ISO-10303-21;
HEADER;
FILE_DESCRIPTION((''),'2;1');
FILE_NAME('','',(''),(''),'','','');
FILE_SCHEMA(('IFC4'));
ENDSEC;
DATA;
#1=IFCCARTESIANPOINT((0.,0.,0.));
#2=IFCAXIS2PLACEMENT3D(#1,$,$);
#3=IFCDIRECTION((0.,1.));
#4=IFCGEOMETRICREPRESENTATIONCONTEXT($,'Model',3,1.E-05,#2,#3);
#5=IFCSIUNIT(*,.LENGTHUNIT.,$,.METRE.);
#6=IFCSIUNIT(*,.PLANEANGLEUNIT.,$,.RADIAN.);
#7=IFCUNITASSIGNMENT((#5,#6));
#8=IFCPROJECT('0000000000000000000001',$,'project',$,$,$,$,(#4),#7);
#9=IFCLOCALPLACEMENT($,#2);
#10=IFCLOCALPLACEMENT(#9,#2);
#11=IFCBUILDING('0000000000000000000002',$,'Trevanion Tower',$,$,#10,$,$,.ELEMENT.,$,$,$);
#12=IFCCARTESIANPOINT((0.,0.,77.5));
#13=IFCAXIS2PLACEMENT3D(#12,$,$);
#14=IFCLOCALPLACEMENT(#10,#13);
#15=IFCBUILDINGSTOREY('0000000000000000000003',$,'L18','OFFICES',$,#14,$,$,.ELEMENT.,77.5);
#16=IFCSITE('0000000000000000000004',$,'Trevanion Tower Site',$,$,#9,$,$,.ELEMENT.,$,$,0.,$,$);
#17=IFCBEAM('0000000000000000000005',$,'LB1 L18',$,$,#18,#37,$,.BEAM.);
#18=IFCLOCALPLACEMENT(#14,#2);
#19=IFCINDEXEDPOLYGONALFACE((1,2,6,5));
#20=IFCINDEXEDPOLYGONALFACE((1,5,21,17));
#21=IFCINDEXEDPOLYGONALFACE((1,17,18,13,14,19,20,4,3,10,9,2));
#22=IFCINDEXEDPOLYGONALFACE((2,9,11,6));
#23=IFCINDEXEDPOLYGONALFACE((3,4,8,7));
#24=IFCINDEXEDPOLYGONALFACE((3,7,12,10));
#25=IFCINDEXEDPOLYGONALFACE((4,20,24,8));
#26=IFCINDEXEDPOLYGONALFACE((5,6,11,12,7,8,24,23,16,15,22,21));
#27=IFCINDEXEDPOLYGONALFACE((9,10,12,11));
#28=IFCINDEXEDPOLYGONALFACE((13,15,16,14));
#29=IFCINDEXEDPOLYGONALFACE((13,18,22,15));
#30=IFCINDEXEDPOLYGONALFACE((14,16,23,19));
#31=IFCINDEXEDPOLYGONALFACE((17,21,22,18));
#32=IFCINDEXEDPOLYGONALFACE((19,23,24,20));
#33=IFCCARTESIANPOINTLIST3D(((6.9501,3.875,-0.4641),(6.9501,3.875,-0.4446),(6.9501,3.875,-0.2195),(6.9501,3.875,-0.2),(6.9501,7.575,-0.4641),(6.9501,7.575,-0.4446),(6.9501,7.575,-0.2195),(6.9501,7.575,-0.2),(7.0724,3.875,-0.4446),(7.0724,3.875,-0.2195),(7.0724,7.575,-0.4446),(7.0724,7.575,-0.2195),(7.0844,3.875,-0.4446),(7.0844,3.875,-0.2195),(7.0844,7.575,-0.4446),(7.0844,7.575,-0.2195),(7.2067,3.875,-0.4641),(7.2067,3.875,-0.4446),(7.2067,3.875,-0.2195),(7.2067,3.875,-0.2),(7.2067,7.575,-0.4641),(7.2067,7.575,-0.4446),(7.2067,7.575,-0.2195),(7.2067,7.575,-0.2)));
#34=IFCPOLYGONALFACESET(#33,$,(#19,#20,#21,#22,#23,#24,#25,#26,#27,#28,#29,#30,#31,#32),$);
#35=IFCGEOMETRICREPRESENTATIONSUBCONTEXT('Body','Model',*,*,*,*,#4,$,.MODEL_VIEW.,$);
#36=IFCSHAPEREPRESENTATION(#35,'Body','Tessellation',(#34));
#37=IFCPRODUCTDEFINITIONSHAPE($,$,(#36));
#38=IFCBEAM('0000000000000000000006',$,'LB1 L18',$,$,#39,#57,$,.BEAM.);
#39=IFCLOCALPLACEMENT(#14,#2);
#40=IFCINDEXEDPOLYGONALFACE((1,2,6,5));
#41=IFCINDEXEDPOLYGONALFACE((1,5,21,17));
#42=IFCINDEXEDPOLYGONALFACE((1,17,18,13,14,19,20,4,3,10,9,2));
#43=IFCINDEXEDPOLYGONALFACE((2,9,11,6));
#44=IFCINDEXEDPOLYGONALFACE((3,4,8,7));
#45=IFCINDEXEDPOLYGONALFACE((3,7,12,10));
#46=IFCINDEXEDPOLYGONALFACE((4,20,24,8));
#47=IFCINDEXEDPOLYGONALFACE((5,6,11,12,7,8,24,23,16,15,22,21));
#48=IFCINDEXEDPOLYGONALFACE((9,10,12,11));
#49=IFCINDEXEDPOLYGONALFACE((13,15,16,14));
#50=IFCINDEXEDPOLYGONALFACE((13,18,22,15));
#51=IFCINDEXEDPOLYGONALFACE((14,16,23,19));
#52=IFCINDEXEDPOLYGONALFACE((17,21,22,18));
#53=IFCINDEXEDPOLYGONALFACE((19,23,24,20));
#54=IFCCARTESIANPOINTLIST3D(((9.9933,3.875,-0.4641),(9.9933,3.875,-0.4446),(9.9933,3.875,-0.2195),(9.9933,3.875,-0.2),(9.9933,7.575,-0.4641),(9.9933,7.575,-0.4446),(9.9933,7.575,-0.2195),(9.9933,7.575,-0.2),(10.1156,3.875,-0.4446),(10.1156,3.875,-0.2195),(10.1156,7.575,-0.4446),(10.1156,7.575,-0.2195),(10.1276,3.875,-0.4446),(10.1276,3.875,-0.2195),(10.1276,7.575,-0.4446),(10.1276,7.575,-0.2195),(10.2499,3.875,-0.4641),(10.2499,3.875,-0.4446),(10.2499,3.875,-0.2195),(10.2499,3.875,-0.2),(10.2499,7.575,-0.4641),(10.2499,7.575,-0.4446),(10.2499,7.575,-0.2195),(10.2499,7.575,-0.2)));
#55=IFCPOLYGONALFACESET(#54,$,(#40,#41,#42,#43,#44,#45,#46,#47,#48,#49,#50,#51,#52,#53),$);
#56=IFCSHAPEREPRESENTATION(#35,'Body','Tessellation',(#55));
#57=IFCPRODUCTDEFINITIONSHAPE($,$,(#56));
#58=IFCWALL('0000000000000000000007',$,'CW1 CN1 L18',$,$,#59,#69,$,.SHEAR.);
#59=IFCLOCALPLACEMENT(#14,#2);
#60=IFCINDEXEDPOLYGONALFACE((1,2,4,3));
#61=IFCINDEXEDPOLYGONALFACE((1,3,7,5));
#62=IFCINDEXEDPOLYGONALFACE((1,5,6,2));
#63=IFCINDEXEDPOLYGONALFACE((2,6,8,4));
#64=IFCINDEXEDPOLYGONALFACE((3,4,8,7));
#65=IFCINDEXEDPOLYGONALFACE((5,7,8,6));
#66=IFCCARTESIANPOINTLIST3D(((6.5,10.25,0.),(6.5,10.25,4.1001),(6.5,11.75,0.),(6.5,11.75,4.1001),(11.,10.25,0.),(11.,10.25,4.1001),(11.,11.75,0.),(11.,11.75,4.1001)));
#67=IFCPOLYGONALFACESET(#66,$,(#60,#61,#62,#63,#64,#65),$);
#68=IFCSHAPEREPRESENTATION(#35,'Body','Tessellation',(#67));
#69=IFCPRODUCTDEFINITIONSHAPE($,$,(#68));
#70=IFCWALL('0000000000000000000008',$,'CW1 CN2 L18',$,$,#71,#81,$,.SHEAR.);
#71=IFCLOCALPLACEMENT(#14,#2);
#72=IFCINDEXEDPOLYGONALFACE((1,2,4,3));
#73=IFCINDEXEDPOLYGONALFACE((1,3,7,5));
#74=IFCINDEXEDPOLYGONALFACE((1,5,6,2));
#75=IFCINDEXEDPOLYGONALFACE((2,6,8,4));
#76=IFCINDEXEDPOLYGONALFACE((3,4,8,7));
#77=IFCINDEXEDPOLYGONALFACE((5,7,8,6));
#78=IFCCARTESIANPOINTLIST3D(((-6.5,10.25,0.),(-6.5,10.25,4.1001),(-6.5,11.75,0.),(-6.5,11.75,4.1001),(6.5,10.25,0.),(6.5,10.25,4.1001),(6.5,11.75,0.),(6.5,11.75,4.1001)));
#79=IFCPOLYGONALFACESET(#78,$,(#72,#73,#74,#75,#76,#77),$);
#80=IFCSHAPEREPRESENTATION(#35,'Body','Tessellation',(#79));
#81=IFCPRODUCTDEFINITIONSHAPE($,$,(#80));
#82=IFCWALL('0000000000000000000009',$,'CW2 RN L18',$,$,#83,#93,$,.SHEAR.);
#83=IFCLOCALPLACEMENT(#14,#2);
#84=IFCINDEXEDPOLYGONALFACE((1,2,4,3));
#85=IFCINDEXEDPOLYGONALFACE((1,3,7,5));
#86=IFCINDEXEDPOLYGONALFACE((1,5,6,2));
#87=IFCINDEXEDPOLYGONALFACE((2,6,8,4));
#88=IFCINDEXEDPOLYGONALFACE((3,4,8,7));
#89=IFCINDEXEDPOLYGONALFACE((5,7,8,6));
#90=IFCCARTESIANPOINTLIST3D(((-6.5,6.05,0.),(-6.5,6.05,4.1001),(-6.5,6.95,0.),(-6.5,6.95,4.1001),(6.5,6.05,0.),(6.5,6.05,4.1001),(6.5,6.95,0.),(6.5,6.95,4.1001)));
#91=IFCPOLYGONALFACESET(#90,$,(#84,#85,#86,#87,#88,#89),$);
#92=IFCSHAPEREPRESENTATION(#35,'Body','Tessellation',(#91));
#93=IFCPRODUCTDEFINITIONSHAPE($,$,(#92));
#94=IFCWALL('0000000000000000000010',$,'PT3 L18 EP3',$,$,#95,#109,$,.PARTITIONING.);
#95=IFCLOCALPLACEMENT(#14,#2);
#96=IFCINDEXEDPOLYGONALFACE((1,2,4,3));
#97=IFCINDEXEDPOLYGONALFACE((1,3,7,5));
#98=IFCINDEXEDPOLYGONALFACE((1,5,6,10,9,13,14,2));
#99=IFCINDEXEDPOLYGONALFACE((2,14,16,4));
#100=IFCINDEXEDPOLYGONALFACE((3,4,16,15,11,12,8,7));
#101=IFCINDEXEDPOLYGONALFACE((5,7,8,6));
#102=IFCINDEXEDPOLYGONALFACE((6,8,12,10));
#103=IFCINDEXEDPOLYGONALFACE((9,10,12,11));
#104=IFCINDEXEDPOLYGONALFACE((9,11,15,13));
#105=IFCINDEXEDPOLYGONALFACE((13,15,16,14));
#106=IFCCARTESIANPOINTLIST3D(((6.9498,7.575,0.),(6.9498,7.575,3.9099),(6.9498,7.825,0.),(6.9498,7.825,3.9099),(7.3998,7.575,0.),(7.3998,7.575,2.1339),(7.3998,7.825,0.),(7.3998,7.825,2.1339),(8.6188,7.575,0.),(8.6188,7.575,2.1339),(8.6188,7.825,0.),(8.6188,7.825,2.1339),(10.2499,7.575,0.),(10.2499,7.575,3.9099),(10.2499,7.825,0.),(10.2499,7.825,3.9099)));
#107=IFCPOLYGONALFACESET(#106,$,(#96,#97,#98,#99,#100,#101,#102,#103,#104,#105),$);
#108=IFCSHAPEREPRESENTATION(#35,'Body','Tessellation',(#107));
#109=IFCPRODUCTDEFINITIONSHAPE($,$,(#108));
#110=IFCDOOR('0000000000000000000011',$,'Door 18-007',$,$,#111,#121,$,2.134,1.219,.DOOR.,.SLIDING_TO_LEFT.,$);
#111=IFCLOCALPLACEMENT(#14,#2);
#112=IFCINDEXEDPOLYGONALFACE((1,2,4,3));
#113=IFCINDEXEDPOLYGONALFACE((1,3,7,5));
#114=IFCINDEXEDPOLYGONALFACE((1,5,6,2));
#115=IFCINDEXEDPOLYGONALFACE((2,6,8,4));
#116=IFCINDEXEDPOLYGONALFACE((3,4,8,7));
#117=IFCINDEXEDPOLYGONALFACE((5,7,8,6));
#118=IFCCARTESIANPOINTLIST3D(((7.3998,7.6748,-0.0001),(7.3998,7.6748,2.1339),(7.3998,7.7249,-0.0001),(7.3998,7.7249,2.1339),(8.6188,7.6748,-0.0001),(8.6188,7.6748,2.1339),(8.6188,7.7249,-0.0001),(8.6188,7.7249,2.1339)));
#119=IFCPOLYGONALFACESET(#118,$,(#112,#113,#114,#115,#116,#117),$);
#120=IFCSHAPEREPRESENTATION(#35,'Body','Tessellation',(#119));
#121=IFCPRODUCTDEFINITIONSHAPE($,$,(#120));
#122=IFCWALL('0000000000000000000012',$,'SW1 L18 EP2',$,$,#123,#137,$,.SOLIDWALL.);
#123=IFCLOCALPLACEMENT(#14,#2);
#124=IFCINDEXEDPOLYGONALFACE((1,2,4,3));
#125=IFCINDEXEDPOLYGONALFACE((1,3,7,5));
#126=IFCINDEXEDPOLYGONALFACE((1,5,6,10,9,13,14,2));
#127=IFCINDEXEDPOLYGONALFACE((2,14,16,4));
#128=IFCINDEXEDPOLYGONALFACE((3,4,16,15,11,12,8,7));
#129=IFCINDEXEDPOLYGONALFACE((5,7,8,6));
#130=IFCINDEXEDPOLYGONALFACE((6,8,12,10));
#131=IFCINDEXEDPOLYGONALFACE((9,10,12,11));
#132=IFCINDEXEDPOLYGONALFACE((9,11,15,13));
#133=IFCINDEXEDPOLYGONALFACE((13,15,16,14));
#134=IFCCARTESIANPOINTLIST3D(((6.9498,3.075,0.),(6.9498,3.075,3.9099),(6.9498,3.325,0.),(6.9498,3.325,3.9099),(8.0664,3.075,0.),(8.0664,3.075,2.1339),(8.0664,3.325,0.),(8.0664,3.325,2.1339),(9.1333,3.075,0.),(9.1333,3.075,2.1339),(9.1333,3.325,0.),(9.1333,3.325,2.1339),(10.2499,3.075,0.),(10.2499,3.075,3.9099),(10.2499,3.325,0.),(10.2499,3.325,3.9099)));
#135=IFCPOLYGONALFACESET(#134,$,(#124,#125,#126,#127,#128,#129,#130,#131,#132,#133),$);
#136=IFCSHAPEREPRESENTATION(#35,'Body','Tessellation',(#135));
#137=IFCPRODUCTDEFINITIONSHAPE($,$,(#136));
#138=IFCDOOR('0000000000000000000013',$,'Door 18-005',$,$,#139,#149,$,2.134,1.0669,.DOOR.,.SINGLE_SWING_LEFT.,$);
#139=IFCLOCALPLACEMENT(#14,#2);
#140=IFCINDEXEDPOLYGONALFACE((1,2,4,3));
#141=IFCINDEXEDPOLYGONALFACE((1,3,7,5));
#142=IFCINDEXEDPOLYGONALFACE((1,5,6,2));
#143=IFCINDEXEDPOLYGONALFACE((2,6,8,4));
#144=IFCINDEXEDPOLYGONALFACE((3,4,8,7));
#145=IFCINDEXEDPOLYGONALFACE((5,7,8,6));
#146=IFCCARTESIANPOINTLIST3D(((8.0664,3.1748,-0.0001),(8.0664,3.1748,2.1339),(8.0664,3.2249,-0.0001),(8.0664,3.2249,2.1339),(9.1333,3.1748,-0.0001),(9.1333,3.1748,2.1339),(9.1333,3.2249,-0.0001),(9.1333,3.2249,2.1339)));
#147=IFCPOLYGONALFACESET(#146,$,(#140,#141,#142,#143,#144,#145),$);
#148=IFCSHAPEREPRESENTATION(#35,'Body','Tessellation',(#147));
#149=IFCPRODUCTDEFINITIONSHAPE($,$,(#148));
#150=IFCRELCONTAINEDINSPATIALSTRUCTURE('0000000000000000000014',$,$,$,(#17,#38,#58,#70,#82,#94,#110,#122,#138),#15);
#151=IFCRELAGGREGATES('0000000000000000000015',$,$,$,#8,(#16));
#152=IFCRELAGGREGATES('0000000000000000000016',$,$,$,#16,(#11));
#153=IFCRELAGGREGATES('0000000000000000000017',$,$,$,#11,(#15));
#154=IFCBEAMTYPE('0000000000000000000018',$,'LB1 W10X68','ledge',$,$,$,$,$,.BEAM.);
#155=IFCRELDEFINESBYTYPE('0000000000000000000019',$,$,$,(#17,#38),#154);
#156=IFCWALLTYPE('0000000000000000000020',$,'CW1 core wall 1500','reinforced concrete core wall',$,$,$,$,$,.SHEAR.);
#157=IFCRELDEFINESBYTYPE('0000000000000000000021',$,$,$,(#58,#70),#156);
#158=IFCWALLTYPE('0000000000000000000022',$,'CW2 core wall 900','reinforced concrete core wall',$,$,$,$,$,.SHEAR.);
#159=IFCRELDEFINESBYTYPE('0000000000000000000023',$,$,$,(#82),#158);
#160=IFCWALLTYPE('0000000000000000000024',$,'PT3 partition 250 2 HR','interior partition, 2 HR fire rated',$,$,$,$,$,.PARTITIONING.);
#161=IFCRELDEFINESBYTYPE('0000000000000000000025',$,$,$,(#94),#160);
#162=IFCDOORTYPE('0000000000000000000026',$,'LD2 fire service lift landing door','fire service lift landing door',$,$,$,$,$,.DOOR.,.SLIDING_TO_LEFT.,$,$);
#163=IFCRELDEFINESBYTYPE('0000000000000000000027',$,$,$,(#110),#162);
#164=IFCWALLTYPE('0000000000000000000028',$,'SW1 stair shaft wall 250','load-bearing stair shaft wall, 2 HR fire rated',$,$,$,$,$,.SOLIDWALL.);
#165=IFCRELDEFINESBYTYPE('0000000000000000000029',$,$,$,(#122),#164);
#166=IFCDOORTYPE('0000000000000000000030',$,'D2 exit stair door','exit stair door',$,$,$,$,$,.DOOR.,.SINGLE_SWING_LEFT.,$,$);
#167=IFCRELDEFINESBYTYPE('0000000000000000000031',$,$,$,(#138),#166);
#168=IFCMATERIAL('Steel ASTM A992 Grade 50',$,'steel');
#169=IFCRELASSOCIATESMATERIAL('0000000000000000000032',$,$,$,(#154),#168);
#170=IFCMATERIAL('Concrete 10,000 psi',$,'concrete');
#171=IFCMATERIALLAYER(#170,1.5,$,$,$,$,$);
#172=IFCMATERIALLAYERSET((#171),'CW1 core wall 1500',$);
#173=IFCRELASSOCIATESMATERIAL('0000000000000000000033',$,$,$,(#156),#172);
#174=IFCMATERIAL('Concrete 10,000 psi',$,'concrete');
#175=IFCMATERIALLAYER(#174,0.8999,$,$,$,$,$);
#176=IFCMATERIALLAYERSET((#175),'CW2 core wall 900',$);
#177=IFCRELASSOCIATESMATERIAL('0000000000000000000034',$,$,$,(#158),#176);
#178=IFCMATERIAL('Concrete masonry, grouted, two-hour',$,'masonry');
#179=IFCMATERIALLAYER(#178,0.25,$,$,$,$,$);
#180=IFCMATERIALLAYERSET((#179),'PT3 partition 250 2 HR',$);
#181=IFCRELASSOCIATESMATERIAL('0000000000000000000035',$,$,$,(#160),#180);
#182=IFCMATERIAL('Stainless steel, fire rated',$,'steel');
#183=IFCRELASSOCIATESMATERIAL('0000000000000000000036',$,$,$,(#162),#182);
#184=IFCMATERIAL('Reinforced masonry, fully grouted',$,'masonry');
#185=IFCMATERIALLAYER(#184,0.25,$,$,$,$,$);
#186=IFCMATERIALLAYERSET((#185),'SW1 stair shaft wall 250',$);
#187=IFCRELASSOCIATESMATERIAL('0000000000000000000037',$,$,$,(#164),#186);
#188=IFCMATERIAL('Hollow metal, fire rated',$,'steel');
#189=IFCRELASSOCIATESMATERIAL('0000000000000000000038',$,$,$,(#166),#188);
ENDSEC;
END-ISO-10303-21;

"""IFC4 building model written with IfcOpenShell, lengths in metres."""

from ifc_helpers import new_model, si_unit, direction, frame, frame_2d, origin, origin_2d, place, context, subcontext, project, spatial, rectangle, i_section, extrude, material, layer, layer_set, material_profile, profile_set, type_object, element, fill, save


model = new_model("IFC4")

# Units and contexts
model_context = context("Model", 3, precision=1e-05, world=origin(), true_north=direction((0.0, 1.0)))
body_context = subcontext(model_context, "Body", "Model", "MODEL_VIEW")
ifc_project = project(units=[si_unit("LENGTHUNIT", "METRE"), si_unit("PLANEANGLEUNIT", "RADIAN")], contexts=[model_context])

# Site, building, storey
site_placement = place(None, origin())
site = spatial("IfcSite", under=ifc_project, at=site_placement, Name="Trevanion Tower Site", CompositionType="ELEMENT", RefElevation=0.0)
building_placement = place(site_placement, origin())
building = spatial("IfcBuilding", under=site, at=building_placement, Name="Trevanion Tower", CompositionType="ELEMENT")
storey_placement = place(building_placement, frame((0.0, 0.0, 77.5)))
storey = spatial("IfcBuildingStorey", under=building, at=storey_placement, Name="L18", Description="OFFICES", CompositionType="ELEMENT", Elevation=77.5)

# Beams
ifc_material_1 = material(Name="Steel ASTM A992 Grade 50", Category="steel")
ifc_material_profile_1 = material_profile(ifc_material_1, i_section(OverallWidth=0.2566, OverallDepth=0.2642, WebThickness=0.012, FlangeThickness=0.0195, at=origin_2d()), Name="W10X68")
ifc_profile_set_1 = profile_set([ifc_material_profile_1], Name="Steel ASTM A992 Grade 50")
beam_type_1 = type_object("IfcBeamType", Name="LB1 W10X68", Description="ledge", PredefinedType="BEAM", material=ifc_profile_set_1)
for number, where, z_axis, x_axis, name in (
    (1, (7.0784, 3.875, -0.332), (0.0, 1.0, 0.0), (-1.0, 0.0, 0.0), "LB1 L18"),
    (2, (10.1216, 3.875, -0.332), (0.0, 1.0, 0.0), (-1.0, 0.0, 0.0), "LB1 L18"),
):
    element("IfcBeam", number, at=place(storey_placement, frame(where, z_axis=z_axis, x_axis=x_axis)), inside=storey, type_object=beam_type_1, Name=name, PredefinedType="BEAM", context=body_context, shape_type="SweptSolid", body=[
        extrude(i_section(OverallWidth=0.2566, OverallDepth=0.2642, WebThickness=0.012, FlangeThickness=0.0195, at=origin_2d()), origin(), (0.0, 0.0, 1.0), 3.7),
    ])

# Walls
ifc_material_2 = material(Name="Concrete 10,000 psi", Category="concrete")
ifc_layer_1 = layer(ifc_material_2, 1.5)
ifc_layer_set_1 = layer_set([ifc_layer_1], Name="CW1 core wall 1500")
wall_type_1 = type_object("IfcWallType", Name="CW1 core wall 1500", Description="reinforced concrete core wall", PredefinedType="SHEAR", material=ifc_layer_set_1)
wall_1_placement = place(storey_placement, frame((11.0, 11.0, 0.0), z_axis=(0.0, 0.0, 1.0), x_axis=(-1.0, 0.0, 0.0)))
element("IfcWall", 3, at=wall_1_placement, inside=storey, type_object=wall_type_1, Name="CW1 CN1 L18", PredefinedType="SHEAR", context=body_context, shape_type="SweptSolid", body=[
    extrude(rectangle(XDim=4.5, YDim=1.5, at=frame_2d((2.25, 0.0))), origin(), (0.0, 0.0, 1.0), 4.1001),
])
wall_2_placement = place(storey_placement, frame((6.5, 11.0, 0.0), z_axis=(0.0, 0.0, 1.0), x_axis=(-1.0, 0.0, 0.0)))
element("IfcWall", 4, at=wall_2_placement, inside=storey, type_object=wall_type_1, Name="CW1 CN2 L18", PredefinedType="SHEAR", context=body_context, shape_type="SweptSolid", body=[
    extrude(rectangle(XDim=13.0, YDim=1.5, at=frame_2d((6.5, 0.0))), origin(), (0.0, 0.0, 1.0), 4.1001),
])
ifc_material_3 = material(Name="Concrete 10,000 psi", Category="concrete")
ifc_layer_2 = layer(ifc_material_3, 0.8999)
ifc_layer_set_2 = layer_set([ifc_layer_2], Name="CW2 core wall 900")
wall_type_2 = type_object("IfcWallType", Name="CW2 core wall 900", Description="reinforced concrete core wall", PredefinedType="SHEAR", material=ifc_layer_set_2)
wall_3_placement = place(storey_placement, frame((6.5, 6.5, 0.0), z_axis=(0.0, 0.0, 1.0), x_axis=(-1.0, 0.0, 0.0)))
element("IfcWall", 5, at=wall_3_placement, inside=storey, type_object=wall_type_2, Name="CW2 RN L18", PredefinedType="SHEAR", context=body_context, shape_type="SweptSolid", body=[
    extrude(rectangle(XDim=13.0, YDim=0.8999, at=frame_2d((6.5, 0.0))), origin(), (0.0, 0.0, 1.0), 4.1001),
])

# Walls, openings, doors
ifc_material_4 = material(Name="Concrete masonry, grouted, two-hour", Category="masonry")
ifc_layer_3 = layer(ifc_material_4, 0.25)
ifc_layer_set_3 = layer_set([ifc_layer_3], Name="PT3 partition 250 2 HR")
wall_type_3 = type_object("IfcWallType", Name="PT3 partition 250 2 HR", Description="interior partition, 2 HR fire rated", PredefinedType="PARTITIONING", material=ifc_layer_set_3)
wall_4_placement = place(storey_placement, frame((6.95, 7.7, 0.0), z_axis=(0.0, 0.0, 1.0), x_axis=(1.0, 0.0, 0.0)))
wall_4 = element("IfcWall", 6, at=wall_4_placement, inside=storey, type_object=wall_type_3, Name="PT3 L18 EP3", PredefinedType="PARTITIONING", context=body_context, shape_type="SweptSolid", body=[
    extrude(rectangle(XDim=3.3, YDim=0.25, at=frame_2d((1.6499, 0.0))), origin(), (0.0, 0.0, 1.0), 3.9099),
])
opening_1_placement = place(wall_4_placement, frame((0.45, 0.0, 0.0)))
opening_1 = element("IfcOpeningElement", 7, at=opening_1_placement, cuts=wall_4, PredefinedType="OPENING", context=body_context, shape_type="SweptSolid", body=[
    extrude(rectangle(XDim=1.219, YDim=2.134, at=frame_2d((0.6094, 1.0669))), frame((0.0, 0.135, 0.0), z_axis=(0.0, -1.0, 0.0), x_axis=(1.0, 0.0, 0.0)), (0.0, 0.0, 1.0), 0.27),
])
ifc_material_5 = material(Name="Stainless steel, fire rated", Category="steel")
door_type_1 = type_object("IfcDoorType", Name="LD2 fire service lift landing door", Description="fire service lift landing door", OperationType="SLIDING_TO_LEFT", PredefinedType="DOOR", material=ifc_material_5)
door_1_placement = place(opening_1_placement, origin())
door_1 = element("IfcDoor", 8, at=door_1_placement, inside=storey, type_object=door_type_1, Name="Door 18-007", OperationType="SLIDING_TO_LEFT", OverallHeight=2.134, OverallWidth=1.219, PredefinedType="DOOR", context=body_context, shape_type="SweptSolid", body=[
    extrude(rectangle(XDim=1.219, YDim=2.134, at=frame_2d((0.6094, 1.0669))), frame((0.0, 0.0249, 0.0), z_axis=(0.0, -1.0, 0.0), x_axis=(1.0, 0.0, 0.0)), (0.0, 0.0, 1.0), 0.05),
])
fill(opening_1, door_1)
ifc_material_6 = material(Name="Reinforced masonry, fully grouted", Category="masonry")
ifc_layer_4 = layer(ifc_material_6, 0.25)
ifc_layer_set_4 = layer_set([ifc_layer_4], Name="SW1 stair shaft wall 250")
wall_type_4 = type_object("IfcWallType", Name="SW1 stair shaft wall 250", Description="load-bearing stair shaft wall, 2 HR fire rated", PredefinedType="SOLIDWALL", material=ifc_layer_set_4)
wall_5_placement = place(storey_placement, frame((6.95, 3.2, 0.0), z_axis=(0.0, 0.0, 1.0), x_axis=(1.0, 0.0, 0.0)))
wall_5 = element("IfcWall", 9, at=wall_5_placement, inside=storey, type_object=wall_type_4, Name="SW1 L18 EP2", PredefinedType="SOLIDWALL", context=body_context, shape_type="SweptSolid", body=[
    extrude(rectangle(XDim=3.3, YDim=0.25, at=frame_2d((1.6499, 0.0))), origin(), (0.0, 0.0, 1.0), 3.9099),
])
opening_2_placement = place(wall_5_placement, frame((1.1165, 0.0, 0.0)))
opening_2 = element("IfcOpeningElement", 10, at=opening_2_placement, cuts=wall_5, PredefinedType="OPENING", context=body_context, shape_type="SweptSolid", body=[
    extrude(rectangle(XDim=1.0669, YDim=2.134, at=frame_2d((0.5334, 1.0669))), frame((0.0, 0.135, 0.0), z_axis=(0.0, -1.0, 0.0), x_axis=(1.0, 0.0, 0.0)), (0.0, 0.0, 1.0), 0.27),
])
ifc_material_7 = material(Name="Hollow metal, fire rated", Category="steel")
door_type_2 = type_object("IfcDoorType", Name="D2 exit stair door", Description="exit stair door", OperationType="SINGLE_SWING_LEFT", PredefinedType="DOOR", material=ifc_material_7)
door_2_placement = place(opening_2_placement, origin())
door_2 = element("IfcDoor", 11, at=door_2_placement, inside=storey, type_object=door_type_2, Name="Door 18-005", OperationType="SINGLE_SWING_LEFT", OverallHeight=2.134, OverallWidth=1.0669, PredefinedType="DOOR", context=body_context, shape_type="SweptSolid", body=[
    extrude(rectangle(XDim=1.0669, YDim=2.134, at=frame_2d((0.5334, 1.0669))), frame((0.0, 0.0249, 0.0), z_axis=(0.0, -1.0, 0.0), x_axis=(1.0, 0.0, 0.0)), (0.0, 0.0, 1.0), 0.05),
])
fill(opening_2, door_2)

save(model, "model.ifc")
